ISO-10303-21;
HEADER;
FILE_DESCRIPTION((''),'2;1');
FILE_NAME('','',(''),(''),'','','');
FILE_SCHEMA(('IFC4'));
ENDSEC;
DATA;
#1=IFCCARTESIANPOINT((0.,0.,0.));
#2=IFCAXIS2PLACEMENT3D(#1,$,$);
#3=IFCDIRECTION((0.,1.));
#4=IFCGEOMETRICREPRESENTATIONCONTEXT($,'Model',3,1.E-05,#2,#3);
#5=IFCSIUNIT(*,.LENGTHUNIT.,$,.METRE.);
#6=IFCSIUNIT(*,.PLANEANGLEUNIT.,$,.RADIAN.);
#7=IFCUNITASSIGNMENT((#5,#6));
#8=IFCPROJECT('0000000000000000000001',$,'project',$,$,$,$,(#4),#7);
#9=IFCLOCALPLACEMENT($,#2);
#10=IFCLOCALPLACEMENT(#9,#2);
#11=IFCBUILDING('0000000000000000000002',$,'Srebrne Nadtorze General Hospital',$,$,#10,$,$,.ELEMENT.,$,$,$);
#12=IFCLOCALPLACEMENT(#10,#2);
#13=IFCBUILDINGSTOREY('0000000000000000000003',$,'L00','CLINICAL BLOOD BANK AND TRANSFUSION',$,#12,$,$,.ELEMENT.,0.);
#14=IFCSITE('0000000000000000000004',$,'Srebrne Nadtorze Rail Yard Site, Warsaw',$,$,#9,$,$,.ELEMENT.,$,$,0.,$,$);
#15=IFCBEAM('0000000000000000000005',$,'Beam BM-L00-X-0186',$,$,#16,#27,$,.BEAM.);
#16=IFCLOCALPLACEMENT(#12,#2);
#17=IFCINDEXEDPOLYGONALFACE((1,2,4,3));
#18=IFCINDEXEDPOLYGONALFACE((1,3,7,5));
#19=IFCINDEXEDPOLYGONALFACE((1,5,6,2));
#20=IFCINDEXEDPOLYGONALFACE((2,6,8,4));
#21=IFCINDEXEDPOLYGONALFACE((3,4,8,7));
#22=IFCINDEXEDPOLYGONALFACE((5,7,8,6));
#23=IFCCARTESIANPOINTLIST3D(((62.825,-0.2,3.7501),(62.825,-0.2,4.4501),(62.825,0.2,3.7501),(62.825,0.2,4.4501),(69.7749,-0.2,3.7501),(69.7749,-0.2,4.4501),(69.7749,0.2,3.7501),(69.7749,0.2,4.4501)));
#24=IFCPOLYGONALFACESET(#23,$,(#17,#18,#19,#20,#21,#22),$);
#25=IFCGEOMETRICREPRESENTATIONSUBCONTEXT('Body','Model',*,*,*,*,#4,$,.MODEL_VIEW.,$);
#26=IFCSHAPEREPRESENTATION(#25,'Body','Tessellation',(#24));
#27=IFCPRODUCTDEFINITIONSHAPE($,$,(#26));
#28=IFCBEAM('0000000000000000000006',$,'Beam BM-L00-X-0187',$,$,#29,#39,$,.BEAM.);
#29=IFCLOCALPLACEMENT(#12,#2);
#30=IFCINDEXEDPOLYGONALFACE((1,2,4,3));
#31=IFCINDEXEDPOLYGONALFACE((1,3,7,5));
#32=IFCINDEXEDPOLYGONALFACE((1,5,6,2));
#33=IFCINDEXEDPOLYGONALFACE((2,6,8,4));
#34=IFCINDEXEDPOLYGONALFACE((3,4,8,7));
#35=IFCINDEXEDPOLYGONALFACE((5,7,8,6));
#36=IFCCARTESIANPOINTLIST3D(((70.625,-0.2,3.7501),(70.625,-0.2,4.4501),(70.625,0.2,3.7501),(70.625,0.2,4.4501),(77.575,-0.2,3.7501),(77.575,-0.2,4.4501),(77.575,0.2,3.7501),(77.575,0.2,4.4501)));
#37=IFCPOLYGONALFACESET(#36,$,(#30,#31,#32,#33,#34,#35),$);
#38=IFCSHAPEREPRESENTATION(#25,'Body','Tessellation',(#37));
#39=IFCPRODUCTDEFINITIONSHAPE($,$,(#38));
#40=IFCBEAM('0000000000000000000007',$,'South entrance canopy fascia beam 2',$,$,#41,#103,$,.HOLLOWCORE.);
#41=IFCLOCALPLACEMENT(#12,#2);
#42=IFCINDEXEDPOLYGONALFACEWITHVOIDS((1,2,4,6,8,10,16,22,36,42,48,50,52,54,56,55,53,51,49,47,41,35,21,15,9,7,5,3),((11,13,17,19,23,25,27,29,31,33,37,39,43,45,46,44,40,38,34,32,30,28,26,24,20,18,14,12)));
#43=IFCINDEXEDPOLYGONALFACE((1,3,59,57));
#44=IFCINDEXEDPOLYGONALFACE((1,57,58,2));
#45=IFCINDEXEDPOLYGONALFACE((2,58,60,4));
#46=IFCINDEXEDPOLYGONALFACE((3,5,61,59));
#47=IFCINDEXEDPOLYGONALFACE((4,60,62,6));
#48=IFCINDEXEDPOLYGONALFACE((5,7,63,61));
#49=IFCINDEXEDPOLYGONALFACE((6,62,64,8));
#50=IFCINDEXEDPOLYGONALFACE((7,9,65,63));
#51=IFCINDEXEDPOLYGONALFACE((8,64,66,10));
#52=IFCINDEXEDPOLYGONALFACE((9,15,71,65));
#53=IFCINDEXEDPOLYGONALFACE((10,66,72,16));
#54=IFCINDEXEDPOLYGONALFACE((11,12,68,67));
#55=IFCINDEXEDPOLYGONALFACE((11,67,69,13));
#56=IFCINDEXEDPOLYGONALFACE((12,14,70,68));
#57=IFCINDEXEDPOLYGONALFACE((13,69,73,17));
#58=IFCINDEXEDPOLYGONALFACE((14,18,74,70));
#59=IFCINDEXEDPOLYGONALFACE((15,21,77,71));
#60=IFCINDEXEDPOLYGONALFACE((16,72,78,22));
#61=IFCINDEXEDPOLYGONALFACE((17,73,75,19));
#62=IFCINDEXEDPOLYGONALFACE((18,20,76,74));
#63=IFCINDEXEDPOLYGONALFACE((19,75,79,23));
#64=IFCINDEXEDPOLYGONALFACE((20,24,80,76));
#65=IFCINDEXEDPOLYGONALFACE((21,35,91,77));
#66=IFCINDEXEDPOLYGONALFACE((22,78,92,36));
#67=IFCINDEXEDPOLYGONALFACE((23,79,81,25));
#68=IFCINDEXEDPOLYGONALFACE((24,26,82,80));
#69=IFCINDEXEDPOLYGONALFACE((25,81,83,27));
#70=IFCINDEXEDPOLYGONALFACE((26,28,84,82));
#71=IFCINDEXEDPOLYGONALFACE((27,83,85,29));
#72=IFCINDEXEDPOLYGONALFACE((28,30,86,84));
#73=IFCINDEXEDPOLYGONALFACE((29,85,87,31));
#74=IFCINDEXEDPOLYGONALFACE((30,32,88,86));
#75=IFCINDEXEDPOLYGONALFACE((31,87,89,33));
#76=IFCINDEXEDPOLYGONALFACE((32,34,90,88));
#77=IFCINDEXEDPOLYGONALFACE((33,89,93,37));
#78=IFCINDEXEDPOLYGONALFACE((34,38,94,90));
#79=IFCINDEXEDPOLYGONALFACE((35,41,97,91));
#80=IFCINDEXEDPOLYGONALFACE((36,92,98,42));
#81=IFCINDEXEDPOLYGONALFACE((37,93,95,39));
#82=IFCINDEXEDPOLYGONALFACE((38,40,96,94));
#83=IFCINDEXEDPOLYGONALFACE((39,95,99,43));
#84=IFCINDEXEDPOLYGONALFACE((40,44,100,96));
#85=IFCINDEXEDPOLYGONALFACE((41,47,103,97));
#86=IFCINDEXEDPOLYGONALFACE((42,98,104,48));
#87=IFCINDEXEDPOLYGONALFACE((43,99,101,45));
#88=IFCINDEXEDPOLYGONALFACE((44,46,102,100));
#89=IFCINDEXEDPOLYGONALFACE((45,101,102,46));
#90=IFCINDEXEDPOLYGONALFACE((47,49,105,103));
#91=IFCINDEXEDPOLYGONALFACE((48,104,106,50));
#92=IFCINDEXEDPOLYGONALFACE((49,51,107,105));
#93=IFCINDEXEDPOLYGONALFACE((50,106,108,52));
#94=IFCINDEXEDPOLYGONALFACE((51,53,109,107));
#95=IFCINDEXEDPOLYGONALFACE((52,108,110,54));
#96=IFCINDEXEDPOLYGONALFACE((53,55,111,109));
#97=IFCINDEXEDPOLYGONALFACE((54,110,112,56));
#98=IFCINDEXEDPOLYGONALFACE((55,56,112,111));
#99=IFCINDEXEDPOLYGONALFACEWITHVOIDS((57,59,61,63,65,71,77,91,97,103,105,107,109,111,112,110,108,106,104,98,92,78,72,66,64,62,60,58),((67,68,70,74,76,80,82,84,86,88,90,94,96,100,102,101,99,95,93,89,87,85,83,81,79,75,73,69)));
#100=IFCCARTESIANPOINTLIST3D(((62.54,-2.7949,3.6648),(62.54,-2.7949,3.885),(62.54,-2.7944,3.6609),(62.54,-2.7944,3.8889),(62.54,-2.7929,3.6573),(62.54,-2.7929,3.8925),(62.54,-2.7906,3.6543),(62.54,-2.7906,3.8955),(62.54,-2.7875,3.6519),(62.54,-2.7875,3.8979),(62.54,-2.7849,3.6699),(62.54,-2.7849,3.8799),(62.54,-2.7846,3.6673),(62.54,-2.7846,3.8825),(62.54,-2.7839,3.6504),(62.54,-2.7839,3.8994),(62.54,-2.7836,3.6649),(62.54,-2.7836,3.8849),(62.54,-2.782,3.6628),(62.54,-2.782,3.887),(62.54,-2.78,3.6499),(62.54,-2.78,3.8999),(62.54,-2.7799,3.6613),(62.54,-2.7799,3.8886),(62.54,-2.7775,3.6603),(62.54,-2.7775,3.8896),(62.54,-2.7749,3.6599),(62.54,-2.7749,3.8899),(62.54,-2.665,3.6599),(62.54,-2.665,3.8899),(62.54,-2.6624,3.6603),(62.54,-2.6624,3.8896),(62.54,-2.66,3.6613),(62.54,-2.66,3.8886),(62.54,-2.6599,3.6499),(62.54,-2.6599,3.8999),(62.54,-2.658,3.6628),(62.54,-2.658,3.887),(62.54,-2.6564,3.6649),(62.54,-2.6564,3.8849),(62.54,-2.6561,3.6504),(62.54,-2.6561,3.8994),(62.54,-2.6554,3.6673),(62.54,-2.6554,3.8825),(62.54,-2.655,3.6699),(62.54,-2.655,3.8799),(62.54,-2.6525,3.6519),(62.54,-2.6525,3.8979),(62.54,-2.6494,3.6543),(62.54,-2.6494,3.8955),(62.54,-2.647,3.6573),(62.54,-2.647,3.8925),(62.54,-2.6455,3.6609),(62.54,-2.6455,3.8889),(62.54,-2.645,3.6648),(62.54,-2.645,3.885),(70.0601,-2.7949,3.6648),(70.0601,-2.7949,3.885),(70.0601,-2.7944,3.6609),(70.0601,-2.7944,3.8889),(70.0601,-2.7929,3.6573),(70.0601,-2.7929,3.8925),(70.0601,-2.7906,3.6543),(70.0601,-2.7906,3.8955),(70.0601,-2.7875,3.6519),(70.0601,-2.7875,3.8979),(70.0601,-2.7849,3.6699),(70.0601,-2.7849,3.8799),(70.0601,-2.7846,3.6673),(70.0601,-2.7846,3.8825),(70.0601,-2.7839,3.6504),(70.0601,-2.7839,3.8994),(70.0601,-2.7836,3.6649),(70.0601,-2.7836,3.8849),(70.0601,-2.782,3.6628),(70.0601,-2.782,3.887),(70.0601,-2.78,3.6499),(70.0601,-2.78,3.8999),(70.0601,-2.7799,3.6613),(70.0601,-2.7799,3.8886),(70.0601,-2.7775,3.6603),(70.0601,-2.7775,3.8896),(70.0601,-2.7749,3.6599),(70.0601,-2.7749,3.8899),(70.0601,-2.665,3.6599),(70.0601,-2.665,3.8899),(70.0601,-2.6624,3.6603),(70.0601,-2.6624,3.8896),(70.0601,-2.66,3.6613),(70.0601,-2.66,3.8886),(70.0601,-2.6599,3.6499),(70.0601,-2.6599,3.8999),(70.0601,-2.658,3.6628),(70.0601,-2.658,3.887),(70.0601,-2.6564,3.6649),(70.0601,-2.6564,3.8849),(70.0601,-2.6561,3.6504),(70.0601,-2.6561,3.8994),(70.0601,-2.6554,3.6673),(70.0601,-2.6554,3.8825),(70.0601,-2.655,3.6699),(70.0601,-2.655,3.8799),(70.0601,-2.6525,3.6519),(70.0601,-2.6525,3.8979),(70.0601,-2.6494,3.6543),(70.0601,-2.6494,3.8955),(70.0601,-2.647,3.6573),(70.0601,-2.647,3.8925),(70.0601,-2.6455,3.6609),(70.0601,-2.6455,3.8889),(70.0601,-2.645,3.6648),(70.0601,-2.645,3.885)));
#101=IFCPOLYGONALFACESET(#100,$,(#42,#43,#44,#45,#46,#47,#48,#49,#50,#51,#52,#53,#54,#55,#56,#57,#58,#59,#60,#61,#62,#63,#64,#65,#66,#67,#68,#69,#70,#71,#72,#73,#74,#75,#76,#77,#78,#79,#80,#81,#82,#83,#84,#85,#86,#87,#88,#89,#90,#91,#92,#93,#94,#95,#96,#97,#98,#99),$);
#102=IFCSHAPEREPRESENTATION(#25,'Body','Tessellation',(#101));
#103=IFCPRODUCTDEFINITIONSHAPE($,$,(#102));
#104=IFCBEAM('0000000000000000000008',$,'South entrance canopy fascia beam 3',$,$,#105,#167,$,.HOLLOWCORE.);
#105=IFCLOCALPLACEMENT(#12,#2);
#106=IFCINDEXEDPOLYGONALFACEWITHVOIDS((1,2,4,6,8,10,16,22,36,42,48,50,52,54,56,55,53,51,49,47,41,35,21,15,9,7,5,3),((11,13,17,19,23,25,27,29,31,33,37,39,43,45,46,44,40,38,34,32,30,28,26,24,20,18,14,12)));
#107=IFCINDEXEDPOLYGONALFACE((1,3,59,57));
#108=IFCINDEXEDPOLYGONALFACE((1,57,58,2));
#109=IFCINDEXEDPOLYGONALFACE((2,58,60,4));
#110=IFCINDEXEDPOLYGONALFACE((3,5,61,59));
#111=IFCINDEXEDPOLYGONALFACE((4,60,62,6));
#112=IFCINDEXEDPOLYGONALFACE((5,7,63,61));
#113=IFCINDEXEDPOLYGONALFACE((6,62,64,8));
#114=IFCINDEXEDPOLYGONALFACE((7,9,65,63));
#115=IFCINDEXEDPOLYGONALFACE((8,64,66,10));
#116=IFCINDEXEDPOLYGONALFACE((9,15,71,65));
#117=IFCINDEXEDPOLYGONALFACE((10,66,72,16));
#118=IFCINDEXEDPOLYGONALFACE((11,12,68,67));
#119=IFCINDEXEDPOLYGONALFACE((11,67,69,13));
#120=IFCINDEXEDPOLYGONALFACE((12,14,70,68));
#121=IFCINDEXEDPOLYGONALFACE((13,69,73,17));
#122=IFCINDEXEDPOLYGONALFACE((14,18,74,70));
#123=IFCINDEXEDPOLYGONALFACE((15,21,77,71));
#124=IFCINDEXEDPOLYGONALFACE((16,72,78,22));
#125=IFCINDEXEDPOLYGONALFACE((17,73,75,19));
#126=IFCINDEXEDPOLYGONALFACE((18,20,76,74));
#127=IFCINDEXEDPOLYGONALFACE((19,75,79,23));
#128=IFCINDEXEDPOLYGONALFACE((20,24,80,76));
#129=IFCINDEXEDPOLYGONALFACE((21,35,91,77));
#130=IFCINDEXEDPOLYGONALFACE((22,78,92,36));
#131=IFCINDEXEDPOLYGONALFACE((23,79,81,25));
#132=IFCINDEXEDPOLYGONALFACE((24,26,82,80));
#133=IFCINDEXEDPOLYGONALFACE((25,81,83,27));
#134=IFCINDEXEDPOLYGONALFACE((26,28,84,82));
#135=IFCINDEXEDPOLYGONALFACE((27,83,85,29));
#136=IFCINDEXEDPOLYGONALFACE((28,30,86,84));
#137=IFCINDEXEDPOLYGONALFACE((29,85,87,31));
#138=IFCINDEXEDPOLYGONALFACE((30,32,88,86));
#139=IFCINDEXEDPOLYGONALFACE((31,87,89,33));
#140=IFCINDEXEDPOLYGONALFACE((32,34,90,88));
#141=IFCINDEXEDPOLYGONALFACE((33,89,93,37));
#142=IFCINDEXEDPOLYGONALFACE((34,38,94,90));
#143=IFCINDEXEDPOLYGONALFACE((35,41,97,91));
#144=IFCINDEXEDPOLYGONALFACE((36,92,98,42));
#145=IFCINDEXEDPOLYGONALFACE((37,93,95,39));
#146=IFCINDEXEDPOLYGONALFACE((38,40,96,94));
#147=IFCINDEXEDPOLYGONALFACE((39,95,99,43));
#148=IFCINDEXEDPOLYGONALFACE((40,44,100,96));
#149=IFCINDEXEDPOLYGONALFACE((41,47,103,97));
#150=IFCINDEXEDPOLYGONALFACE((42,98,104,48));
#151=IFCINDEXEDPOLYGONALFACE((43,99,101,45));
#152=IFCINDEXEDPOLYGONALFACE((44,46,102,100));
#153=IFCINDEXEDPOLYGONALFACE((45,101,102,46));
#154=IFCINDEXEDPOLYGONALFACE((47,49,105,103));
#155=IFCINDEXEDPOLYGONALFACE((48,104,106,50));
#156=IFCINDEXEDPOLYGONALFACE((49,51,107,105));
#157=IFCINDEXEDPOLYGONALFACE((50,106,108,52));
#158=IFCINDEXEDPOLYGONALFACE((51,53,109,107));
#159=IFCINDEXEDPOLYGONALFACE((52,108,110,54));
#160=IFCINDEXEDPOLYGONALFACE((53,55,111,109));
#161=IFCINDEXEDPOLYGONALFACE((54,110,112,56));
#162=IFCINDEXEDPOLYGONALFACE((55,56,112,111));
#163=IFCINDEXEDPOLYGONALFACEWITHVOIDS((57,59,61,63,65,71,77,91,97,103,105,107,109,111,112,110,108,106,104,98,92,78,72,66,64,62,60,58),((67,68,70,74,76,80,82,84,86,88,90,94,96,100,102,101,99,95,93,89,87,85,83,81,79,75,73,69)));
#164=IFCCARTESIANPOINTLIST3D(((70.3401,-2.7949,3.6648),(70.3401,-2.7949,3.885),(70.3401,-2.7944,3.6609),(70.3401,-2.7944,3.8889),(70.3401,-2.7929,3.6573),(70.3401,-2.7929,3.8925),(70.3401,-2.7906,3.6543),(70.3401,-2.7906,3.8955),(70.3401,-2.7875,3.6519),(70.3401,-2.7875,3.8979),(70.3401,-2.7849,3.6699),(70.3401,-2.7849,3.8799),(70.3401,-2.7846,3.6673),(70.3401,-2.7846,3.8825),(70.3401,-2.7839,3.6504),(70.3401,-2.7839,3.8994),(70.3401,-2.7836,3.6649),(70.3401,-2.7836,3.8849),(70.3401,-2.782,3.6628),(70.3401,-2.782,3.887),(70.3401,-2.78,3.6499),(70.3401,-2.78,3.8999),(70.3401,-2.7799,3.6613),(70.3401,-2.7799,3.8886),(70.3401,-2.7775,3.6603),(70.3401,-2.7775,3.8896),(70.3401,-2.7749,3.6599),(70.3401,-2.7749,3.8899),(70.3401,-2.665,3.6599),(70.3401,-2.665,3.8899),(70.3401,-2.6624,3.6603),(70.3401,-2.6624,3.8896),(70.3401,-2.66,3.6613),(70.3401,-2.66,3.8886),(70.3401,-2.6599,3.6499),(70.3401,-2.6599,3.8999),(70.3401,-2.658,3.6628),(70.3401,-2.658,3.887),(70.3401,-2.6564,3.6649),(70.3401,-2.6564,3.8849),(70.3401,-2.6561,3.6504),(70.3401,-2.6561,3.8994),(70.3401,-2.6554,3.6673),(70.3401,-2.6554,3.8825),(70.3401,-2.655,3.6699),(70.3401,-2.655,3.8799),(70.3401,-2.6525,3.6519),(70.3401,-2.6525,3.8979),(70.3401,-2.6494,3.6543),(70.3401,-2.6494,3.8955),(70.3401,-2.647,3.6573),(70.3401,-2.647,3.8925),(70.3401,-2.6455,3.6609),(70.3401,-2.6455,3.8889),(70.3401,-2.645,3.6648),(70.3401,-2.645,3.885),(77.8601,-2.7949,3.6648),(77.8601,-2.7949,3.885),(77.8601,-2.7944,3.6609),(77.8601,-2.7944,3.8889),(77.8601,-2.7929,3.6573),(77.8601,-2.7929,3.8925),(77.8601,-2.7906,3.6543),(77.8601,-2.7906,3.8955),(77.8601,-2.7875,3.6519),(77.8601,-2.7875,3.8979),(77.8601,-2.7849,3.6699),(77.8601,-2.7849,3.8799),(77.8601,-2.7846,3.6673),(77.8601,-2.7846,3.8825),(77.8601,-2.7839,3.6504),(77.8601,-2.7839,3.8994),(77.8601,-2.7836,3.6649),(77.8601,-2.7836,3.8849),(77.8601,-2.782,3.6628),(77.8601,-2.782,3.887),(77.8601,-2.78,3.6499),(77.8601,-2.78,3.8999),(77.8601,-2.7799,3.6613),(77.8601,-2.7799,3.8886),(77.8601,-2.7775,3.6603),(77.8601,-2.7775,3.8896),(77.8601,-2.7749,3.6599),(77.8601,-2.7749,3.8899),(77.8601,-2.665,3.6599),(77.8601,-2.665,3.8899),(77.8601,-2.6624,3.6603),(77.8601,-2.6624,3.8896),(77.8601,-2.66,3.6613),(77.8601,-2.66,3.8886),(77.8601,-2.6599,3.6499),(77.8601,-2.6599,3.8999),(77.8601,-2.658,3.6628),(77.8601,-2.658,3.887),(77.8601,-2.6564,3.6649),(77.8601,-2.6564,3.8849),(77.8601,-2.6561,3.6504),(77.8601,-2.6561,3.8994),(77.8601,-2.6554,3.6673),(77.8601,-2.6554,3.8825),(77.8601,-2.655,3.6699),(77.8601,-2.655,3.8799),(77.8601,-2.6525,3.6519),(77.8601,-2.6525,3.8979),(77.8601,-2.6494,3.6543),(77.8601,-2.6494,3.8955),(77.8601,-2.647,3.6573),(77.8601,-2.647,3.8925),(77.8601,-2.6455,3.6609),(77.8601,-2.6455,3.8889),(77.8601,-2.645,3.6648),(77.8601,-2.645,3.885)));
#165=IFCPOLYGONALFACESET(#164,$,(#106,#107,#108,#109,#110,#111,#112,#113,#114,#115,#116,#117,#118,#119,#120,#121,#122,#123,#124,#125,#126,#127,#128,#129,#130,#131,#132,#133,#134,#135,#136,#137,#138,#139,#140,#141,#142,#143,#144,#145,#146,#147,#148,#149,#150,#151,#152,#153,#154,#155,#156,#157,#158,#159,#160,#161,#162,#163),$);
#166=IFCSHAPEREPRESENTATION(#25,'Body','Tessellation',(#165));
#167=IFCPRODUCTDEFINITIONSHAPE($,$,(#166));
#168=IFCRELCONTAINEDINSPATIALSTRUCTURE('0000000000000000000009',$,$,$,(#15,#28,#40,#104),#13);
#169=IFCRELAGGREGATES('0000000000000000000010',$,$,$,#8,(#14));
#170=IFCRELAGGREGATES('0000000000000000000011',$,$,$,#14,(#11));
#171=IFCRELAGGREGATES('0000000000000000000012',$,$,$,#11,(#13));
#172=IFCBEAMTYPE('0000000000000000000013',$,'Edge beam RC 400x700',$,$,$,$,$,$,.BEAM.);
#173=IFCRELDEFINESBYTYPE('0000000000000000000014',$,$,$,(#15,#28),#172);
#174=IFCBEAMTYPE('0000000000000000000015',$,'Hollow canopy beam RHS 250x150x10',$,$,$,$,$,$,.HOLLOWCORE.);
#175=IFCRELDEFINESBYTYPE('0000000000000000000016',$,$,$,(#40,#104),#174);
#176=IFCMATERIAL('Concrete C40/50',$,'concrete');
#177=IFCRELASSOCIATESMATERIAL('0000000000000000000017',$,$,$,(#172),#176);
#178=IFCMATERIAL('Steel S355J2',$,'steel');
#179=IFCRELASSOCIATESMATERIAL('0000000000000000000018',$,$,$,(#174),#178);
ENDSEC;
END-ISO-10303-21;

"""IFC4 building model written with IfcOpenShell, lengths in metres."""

from ifc_helpers import new_model, si_unit, direction, frame, origin, origin_2d, place, context, subcontext, project, spatial, rectangle, hollow_rectangle, extrude, material, material_profile, profile_set, type_object, element, save


model = new_model("IFC4")

# Units and contexts
model_context = context("Model", 3, precision=1e-05, world=origin(), true_north=direction((0.0, 1.0)))
body_context = subcontext(model_context, "Body", "Model", "MODEL_VIEW")
ifc_project = project(units=[si_unit("LENGTHUNIT", "METRE"), si_unit("PLANEANGLEUNIT", "RADIAN")], contexts=[model_context])

# Site, building, storey
site_placement = place(None, origin())
site = spatial("IfcSite", under=ifc_project, at=site_placement, Name="Srebrne Nadtorze Rail Yard Site, Warsaw", CompositionType="ELEMENT", RefElevation=0.0)
building_placement = place(site_placement, origin())
building = spatial("IfcBuilding", under=site, at=building_placement, Name="Srebrne Nadtorze General Hospital", CompositionType="ELEMENT")
storey_placement = place(building_placement, origin())
storey = spatial("IfcBuildingStorey", under=building, at=storey_placement, Name="L00", Description="CLINICAL BLOOD BANK AND TRANSFUSION", CompositionType="ELEMENT", Elevation=0.0)

# Beams
ifc_material_1 = material(Name="Concrete C40/50", Category="concrete")
ifc_material_profile_1 = material_profile(ifc_material_1, rectangle(XDim=0.3999, YDim=0.7, at=origin_2d()), Name="RC-BM-400x700")
ifc_profile_set_1 = profile_set([ifc_material_profile_1], Name="Concrete C40/50")
beam_type_1 = type_object("IfcBeamType", Name="Edge beam RC 400x700", PredefinedType="BEAM", material=ifc_profile_set_1)
for number, where, z_axis, x_axis, name in (
    (1, (62.825, 0.0, 4.1001), (1.0, 0.0, 0.0), (0.0, 1.0, 0.0), "Beam BM-L00-X-0186"),
    (2, (70.625, 0.0, 4.1001), (1.0, 0.0, 0.0), (0.0, 1.0, 0.0), "Beam BM-L00-X-0187"),
):
    element("IfcBeam", number, at=place(storey_placement, frame(where, z_axis=z_axis, x_axis=x_axis)), inside=storey, type_object=beam_type_1, Name=name, PredefinedType="BEAM", context=body_context, shape_type="SweptSolid", body=[
        extrude(rectangle(XDim=0.3999, YDim=0.7, at=origin_2d()), origin(), (0.0, 0.0, 1.0), 6.95),
    ])
ifc_material_2 = material(Name="Steel S355J2", Category="steel")
ifc_material_profile_2 = material_profile(ifc_material_2, hollow_rectangle(XDim=0.1499, YDim=0.25, WallThickness=0.01, InnerFilletRadius=0.01, OuterFilletRadius=0.0149, at=origin_2d()), Name="RHS-250x150x10")
ifc_profile_set_2 = profile_set([ifc_material_profile_2], Name="Steel S355J2")
beam_type_2 = type_object("IfcBeamType", Name="Hollow canopy beam RHS 250x150x10", PredefinedType="HOLLOWCORE", material=ifc_profile_set_2)
for number, where, z_axis, x_axis, name in (
    (3, (62.54, -2.72, 3.7749), (1.0, 0.0, 0.0), (0.0, 1.0, 0.0), "South entrance canopy fascia beam 2"),
    (4, (70.3401, -2.72, 3.7749), (1.0, 0.0, 0.0), (0.0, 1.0, 0.0), "South entrance canopy fascia beam 3"),
):
    element("IfcBeam", number, at=place(storey_placement, frame(where, z_axis=z_axis, x_axis=x_axis)), inside=storey, type_object=beam_type_2, Name=name, PredefinedType="HOLLOWCORE", context=body_context, shape_type="SweptSolid", body=[
        extrude(hollow_rectangle(XDim=0.1499, YDim=0.25, WallThickness=0.01, InnerFilletRadius=0.01, OuterFilletRadius=0.0149, at=origin_2d()), origin(), (0.0, 0.0, 1.0), 7.52),
    ])

save(model, "model.ifc")
